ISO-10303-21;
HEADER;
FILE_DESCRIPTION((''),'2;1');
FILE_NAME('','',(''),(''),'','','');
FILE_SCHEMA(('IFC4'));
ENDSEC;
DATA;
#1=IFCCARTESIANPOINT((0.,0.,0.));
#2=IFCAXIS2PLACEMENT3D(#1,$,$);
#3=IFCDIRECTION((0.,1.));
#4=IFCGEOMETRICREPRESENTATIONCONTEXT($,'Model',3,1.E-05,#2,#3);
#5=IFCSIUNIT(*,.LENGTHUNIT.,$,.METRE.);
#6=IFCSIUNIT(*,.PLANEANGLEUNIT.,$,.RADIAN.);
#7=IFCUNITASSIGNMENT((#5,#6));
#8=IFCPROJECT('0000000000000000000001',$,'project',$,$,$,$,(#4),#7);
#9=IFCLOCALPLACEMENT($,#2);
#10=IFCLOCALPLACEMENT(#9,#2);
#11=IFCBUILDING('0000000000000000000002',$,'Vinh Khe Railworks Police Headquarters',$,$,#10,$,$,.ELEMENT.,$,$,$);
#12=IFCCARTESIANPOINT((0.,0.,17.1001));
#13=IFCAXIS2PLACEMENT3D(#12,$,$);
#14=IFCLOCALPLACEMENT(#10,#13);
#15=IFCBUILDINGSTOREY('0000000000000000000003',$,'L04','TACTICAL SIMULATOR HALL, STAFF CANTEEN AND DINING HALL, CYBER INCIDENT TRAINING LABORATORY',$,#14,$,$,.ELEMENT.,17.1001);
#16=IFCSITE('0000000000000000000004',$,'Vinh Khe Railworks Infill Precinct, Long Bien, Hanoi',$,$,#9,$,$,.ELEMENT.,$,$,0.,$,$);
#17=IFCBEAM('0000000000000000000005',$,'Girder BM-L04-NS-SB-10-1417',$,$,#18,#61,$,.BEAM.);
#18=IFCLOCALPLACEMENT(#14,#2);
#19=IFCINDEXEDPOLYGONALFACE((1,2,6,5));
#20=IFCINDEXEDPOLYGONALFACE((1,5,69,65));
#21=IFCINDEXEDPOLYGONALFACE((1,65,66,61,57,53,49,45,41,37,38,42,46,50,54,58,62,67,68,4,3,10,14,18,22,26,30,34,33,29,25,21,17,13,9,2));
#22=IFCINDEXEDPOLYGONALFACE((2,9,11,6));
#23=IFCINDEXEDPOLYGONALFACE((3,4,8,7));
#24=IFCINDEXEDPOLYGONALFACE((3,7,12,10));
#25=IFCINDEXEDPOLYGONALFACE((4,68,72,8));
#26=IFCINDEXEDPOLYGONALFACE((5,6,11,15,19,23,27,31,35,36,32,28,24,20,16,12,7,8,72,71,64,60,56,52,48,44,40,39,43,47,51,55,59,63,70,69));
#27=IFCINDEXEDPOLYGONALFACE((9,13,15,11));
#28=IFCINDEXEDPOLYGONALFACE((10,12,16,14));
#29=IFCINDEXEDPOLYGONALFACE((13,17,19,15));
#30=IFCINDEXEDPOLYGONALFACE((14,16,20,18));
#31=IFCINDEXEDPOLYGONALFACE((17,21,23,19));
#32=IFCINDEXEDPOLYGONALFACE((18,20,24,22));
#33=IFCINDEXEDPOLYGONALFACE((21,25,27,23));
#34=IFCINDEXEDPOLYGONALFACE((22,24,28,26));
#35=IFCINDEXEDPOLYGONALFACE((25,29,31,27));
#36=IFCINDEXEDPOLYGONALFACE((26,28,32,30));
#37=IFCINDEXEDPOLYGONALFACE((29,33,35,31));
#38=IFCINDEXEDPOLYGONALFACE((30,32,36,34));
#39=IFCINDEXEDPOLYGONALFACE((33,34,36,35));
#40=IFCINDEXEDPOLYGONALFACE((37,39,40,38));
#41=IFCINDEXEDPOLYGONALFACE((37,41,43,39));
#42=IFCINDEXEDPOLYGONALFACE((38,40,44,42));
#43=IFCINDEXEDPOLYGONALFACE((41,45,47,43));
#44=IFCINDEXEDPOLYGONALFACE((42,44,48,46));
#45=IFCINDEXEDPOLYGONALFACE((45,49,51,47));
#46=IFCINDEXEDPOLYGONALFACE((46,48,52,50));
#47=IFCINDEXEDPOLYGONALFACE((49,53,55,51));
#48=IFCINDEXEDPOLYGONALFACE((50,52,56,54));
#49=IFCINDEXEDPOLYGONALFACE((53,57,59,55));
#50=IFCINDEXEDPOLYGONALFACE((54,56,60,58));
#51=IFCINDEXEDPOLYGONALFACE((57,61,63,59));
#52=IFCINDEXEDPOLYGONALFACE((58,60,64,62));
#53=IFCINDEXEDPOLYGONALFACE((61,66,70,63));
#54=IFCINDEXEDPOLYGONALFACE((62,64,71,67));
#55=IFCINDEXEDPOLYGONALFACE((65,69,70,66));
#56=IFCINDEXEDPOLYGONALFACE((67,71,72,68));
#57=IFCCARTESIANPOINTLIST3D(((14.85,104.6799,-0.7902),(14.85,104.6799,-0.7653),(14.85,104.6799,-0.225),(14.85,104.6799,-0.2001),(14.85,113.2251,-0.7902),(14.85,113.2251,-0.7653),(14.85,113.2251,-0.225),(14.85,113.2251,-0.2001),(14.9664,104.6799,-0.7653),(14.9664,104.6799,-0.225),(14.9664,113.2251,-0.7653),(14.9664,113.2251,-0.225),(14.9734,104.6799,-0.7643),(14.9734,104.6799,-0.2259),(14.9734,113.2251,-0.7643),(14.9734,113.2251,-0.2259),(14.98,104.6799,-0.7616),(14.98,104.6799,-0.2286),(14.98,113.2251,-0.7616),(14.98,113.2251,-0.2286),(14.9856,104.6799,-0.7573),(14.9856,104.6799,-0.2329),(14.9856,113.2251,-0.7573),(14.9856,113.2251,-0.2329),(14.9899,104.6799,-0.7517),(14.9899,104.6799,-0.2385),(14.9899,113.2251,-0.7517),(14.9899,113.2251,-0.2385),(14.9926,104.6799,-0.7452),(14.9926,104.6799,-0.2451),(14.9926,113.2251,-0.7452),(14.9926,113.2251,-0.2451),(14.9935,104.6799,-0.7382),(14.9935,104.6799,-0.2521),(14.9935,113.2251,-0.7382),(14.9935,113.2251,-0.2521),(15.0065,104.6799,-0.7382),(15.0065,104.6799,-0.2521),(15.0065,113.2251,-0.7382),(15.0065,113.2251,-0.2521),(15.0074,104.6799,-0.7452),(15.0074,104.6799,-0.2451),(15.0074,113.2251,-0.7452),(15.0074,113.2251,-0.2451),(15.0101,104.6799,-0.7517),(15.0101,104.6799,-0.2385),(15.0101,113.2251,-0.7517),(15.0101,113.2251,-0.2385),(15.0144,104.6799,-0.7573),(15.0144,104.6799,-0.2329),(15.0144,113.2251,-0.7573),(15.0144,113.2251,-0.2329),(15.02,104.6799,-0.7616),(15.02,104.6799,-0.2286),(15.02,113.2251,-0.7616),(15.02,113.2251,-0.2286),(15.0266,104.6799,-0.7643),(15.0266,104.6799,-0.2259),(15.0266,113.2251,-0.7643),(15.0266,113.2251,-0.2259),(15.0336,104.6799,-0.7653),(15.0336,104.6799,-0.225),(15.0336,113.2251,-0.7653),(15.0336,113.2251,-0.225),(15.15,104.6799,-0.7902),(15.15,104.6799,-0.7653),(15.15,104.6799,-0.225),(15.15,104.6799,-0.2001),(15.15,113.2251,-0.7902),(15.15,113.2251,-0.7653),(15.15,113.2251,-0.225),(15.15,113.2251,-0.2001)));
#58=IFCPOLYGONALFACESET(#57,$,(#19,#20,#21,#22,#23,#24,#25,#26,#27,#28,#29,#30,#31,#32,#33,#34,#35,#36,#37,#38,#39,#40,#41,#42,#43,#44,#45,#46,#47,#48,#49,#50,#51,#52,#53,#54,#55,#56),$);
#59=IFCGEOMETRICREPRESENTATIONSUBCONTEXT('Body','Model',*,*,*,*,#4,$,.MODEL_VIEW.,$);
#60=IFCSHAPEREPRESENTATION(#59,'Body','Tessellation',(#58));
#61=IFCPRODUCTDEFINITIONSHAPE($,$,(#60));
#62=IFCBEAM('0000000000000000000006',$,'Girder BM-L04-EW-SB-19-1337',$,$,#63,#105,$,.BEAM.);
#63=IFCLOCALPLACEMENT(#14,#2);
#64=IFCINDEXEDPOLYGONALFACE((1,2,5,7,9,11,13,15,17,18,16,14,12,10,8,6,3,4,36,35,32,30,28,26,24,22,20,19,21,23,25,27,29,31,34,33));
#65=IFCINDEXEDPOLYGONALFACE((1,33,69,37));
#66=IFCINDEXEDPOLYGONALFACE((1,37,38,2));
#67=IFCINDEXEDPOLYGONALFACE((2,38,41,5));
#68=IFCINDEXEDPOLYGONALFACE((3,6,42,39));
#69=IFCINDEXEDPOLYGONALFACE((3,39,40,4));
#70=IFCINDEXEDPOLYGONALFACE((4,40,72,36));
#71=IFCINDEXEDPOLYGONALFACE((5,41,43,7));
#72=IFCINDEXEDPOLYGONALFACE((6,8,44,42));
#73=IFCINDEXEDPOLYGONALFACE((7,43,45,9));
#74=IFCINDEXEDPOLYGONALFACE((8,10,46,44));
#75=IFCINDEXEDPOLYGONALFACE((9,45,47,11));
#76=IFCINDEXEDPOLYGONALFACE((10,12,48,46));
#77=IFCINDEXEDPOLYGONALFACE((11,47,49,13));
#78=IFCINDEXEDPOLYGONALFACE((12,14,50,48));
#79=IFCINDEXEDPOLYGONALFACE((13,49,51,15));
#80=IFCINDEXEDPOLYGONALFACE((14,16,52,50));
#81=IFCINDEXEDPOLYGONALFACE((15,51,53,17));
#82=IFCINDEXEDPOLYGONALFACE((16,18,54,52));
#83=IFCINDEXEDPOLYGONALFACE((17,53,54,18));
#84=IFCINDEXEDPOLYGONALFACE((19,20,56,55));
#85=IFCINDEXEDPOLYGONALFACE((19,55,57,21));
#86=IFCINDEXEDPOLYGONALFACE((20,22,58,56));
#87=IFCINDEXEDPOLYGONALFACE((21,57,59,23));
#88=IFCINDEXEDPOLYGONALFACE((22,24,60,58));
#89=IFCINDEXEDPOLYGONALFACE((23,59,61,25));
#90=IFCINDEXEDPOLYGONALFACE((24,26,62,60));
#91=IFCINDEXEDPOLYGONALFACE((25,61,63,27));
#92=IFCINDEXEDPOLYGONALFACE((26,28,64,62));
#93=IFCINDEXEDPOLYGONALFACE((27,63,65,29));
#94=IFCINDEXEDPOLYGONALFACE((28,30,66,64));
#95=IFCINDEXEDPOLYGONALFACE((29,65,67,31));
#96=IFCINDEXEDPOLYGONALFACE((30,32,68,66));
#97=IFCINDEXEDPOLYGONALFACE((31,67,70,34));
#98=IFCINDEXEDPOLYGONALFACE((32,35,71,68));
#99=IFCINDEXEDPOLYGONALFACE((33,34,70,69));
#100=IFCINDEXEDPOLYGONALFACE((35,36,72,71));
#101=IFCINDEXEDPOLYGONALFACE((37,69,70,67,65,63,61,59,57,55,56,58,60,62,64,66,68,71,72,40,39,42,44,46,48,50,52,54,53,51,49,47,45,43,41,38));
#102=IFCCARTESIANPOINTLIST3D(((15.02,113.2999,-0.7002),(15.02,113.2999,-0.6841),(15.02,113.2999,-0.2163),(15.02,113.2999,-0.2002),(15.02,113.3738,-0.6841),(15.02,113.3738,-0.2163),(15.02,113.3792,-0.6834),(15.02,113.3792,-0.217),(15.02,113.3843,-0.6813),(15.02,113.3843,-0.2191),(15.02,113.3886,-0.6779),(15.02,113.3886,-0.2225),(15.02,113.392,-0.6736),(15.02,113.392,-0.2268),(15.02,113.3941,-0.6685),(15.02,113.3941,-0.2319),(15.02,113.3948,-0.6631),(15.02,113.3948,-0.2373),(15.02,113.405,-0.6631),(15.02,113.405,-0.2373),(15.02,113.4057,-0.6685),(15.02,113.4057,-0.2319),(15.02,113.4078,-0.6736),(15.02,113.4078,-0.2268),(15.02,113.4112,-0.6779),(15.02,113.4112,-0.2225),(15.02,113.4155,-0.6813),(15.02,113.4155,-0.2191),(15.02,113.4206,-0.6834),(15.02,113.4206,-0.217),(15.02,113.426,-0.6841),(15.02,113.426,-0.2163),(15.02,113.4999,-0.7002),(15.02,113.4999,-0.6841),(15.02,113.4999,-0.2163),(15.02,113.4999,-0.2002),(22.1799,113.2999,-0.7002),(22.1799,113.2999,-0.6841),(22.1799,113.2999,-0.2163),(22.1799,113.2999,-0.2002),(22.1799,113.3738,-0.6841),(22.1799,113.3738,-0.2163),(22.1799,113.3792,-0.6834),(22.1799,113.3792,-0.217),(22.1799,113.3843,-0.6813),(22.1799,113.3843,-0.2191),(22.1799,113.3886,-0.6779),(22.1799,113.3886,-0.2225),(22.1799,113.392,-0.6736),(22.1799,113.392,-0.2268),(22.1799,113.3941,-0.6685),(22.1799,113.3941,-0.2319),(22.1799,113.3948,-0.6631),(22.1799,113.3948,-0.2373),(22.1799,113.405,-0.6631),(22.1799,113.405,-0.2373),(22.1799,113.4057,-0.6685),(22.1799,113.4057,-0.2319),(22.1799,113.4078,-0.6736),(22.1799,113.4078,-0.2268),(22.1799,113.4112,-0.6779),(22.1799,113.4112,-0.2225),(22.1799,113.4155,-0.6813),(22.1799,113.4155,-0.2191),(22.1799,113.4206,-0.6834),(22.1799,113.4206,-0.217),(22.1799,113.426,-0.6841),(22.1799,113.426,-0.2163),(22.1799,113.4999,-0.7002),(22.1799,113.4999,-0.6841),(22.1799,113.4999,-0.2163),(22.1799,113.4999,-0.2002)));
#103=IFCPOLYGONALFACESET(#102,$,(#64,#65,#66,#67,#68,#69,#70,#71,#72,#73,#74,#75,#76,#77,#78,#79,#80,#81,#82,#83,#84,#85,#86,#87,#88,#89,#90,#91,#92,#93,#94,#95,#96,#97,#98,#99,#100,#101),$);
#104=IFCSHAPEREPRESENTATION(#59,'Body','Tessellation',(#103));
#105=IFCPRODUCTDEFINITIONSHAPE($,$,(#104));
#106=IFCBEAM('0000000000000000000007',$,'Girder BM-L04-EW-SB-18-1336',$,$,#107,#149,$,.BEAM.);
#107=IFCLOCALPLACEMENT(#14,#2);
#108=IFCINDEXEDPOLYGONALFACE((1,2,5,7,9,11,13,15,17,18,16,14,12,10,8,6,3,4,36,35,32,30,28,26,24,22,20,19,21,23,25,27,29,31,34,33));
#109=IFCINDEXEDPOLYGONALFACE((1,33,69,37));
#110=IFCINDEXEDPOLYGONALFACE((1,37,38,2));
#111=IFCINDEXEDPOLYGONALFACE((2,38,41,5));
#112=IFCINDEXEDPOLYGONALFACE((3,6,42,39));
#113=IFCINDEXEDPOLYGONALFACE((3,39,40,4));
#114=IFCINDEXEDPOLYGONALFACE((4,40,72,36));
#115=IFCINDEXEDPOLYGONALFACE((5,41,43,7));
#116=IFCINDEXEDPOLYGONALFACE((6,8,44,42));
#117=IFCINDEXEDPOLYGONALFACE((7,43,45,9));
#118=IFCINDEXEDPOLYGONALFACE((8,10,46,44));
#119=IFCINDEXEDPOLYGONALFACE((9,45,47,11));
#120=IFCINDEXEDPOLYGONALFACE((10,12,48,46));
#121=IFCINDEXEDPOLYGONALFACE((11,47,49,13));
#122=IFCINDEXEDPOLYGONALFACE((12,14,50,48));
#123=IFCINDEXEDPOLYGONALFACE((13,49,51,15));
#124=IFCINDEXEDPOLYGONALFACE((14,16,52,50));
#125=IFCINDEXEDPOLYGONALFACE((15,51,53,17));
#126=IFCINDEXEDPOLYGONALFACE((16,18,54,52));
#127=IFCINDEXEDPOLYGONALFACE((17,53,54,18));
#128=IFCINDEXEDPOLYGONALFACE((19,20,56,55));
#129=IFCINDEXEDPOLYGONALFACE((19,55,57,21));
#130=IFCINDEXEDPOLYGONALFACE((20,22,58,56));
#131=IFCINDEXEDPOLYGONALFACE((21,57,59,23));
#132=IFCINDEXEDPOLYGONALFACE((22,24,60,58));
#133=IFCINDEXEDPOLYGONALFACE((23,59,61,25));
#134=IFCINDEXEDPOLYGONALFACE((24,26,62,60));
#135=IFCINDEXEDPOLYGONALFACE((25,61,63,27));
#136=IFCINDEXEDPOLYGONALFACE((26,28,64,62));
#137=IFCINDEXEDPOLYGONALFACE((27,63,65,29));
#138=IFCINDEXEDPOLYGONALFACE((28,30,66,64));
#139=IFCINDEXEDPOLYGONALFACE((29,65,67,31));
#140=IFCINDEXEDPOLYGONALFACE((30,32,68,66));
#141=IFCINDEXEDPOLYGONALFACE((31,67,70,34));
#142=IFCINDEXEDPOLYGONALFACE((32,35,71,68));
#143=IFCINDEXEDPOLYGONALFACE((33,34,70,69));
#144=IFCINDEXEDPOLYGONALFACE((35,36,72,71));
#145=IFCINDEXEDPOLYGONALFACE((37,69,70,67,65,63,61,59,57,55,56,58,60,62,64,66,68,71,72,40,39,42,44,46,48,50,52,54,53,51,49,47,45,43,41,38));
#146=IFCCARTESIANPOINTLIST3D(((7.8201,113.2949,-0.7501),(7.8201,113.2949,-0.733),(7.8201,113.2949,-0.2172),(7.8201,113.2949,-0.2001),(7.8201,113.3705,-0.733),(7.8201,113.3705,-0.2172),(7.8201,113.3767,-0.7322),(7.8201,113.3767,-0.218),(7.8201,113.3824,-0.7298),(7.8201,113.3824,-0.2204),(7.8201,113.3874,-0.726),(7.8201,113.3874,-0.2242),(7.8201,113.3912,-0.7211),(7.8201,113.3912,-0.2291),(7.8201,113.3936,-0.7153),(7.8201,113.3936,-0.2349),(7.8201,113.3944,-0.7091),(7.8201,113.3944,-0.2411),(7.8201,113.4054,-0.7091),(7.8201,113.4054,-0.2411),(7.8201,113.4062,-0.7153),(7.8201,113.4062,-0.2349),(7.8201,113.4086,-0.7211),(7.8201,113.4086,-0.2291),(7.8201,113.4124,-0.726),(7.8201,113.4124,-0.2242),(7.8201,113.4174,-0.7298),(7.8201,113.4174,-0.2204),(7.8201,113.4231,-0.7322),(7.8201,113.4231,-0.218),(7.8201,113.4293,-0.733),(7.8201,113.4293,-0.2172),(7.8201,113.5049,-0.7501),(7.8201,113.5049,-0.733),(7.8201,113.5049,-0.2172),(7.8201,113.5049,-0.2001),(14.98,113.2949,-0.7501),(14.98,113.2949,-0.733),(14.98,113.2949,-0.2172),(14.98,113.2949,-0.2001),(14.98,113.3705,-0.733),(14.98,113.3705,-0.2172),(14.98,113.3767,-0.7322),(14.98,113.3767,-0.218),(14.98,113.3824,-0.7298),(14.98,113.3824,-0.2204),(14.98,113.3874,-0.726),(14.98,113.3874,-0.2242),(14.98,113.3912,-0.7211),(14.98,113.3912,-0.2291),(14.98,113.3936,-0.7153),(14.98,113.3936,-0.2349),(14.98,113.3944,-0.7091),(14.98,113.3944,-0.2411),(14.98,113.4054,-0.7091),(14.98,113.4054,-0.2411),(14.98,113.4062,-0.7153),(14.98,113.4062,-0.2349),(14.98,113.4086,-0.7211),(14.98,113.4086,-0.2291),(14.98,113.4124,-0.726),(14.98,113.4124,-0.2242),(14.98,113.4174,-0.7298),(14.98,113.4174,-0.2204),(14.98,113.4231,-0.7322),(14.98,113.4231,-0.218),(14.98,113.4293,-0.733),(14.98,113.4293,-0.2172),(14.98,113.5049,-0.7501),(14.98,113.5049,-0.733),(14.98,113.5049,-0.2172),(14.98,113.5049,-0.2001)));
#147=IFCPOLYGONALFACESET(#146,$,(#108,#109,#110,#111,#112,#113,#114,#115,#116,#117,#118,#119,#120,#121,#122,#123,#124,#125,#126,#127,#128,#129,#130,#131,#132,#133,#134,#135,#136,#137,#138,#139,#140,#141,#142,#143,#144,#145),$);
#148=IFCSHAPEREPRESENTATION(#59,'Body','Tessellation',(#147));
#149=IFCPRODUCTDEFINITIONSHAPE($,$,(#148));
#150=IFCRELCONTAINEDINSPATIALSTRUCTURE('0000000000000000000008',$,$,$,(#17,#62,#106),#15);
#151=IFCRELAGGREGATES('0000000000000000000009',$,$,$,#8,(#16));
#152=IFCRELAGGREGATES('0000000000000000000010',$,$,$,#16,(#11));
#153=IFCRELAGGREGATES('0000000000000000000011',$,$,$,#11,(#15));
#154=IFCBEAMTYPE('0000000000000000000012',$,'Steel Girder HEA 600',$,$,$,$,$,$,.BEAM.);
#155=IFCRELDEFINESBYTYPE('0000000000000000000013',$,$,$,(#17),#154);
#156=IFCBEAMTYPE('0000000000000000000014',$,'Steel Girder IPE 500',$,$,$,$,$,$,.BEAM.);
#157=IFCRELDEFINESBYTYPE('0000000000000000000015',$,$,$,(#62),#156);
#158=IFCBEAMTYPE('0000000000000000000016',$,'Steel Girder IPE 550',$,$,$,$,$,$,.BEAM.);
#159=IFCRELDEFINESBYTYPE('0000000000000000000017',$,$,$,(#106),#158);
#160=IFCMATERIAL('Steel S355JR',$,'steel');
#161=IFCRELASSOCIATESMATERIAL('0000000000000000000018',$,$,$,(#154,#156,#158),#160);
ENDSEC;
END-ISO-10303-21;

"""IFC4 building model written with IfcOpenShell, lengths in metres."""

from ifc_helpers import new_model, si_unit, direction, frame, origin, origin_2d, place, context, subcontext, project, spatial, i_section, extrude, material, material_profile, profile_set, type_object, element, save


model = new_model("IFC4")

# Units and contexts
model_context = context("Model", 3, precision=1e-05, world=origin(), true_north=direction((0.0, 1.0)))
body_context = subcontext(model_context, "Body", "Model", "MODEL_VIEW")
ifc_project = project(units=[si_unit("LENGTHUNIT", "METRE"), si_unit("PLANEANGLEUNIT", "RADIAN")], contexts=[model_context])

# Site, building, storey
site_placement = place(None, origin())
site = spatial("IfcSite", under=ifc_project, at=site_placement, Name="Vinh Khe Railworks Infill Precinct, Long Bien, Hanoi", CompositionType="ELEMENT", RefElevation=0.0)
building_placement = place(site_placement, origin())
building = spatial("IfcBuilding", under=site, at=building_placement, Name="Vinh Khe Railworks Police Headquarters", CompositionType="ELEMENT")
storey_placement = place(building_placement, frame((0.0, 0.0, 17.1001)))
storey = spatial("IfcBuildingStorey", under=building, at=storey_placement, Name="L04", Description="TACTICAL SIMULATOR HALL, STAFF CANTEEN AND DINING HALL, CYBER INCIDENT TRAINING LABORATORY", CompositionType="ELEMENT", Elevation=17.1001)

# Shared definitions
ifc_material_1 = material(Name="Steel S355JR", Category="steel")

# Beams
ifc_material_profile_1 = material_profile(ifc_material_1, i_section(OverallWidth=0.3, OverallDepth=0.5901, WebThickness=0.0129, FlangeThickness=0.0249, FilletRadius=0.0271, at=origin_2d()), Name="HEA 600")
ifc_profile_set_1 = profile_set([ifc_material_profile_1], Name="Steel S355JR")
beam_type_1 = type_object("IfcBeamType", Name="Steel Girder HEA 600", PredefinedType="BEAM", material=ifc_profile_set_1)
beam_1_placement = place(storey_placement, frame((15.0, 104.6799, -0.4951), z_axis=(0.0, 1.0, 0.0), x_axis=(-1.0, 0.0, 0.0)))
element("IfcBeam", 1, at=beam_1_placement, inside=storey, type_object=beam_type_1, Name="Girder BM-L04-NS-SB-10-1417", PredefinedType="BEAM", context=body_context, shape_type="SweptSolid", body=[
    extrude(i_section(OverallWidth=0.3, OverallDepth=0.5901, WebThickness=0.0129, FlangeThickness=0.0249, FilletRadius=0.0271, at=origin_2d()), origin(), (0.0, 0.0, 1.0), 8.5452),
])
ifc_material_profile_2 = material_profile(ifc_material_1, i_section(OverallWidth=0.2, OverallDepth=0.5, WebThickness=0.0103, FlangeThickness=0.0161, FilletRadius=0.021, at=origin_2d()), Name="IPE 500")
ifc_profile_set_2 = profile_set([ifc_material_profile_2], Name="Steel S355JR")
beam_type_2 = type_object("IfcBeamType", Name="Steel Girder IPE 500", PredefinedType="BEAM", material=ifc_profile_set_2)
beam_2_placement = place(storey_placement, frame((15.02, 113.3999, -0.4502), z_axis=(1.0, 0.0, 0.0), x_axis=(0.0, 1.0, 0.0)))
element("IfcBeam", 2, at=beam_2_placement, inside=storey, type_object=beam_type_2, Name="Girder BM-L04-EW-SB-19-1337", PredefinedType="BEAM", context=body_context, shape_type="SweptSolid", body=[
    extrude(i_section(OverallWidth=0.2, OverallDepth=0.5, WebThickness=0.0103, FlangeThickness=0.0161, FilletRadius=0.021, at=origin_2d()), origin(), (0.0, 0.0, 1.0), 7.1599),
])
ifc_material_profile_3 = material_profile(ifc_material_1, i_section(OverallWidth=0.21, OverallDepth=0.55, WebThickness=0.011, FlangeThickness=0.0171, FilletRadius=0.0239, at=origin_2d()), Name="IPE 550")
ifc_profile_set_3 = profile_set([ifc_material_profile_3], Name="Steel S355JR")
beam_type_3 = type_object("IfcBeamType", Name="Steel Girder IPE 550", PredefinedType="BEAM", material=ifc_profile_set_3)
beam_3_placement = place(storey_placement, frame((7.8201, 113.3999, -0.4751), z_axis=(1.0, 0.0, 0.0), x_axis=(0.0, 1.0, 0.0)))
element("IfcBeam", 3, at=beam_3_placement, inside=storey, type_object=beam_type_3, Name="Girder BM-L04-EW-SB-18-1336", PredefinedType="BEAM", context=body_context, shape_type="SweptSolid", body=[
    extrude(i_section(OverallWidth=0.21, OverallDepth=0.55, WebThickness=0.011, FlangeThickness=0.0171, FilletRadius=0.0239, at=origin_2d()), origin(), (0.0, 0.0, 1.0), 7.1599),
])

save(model, "model.ifc")
